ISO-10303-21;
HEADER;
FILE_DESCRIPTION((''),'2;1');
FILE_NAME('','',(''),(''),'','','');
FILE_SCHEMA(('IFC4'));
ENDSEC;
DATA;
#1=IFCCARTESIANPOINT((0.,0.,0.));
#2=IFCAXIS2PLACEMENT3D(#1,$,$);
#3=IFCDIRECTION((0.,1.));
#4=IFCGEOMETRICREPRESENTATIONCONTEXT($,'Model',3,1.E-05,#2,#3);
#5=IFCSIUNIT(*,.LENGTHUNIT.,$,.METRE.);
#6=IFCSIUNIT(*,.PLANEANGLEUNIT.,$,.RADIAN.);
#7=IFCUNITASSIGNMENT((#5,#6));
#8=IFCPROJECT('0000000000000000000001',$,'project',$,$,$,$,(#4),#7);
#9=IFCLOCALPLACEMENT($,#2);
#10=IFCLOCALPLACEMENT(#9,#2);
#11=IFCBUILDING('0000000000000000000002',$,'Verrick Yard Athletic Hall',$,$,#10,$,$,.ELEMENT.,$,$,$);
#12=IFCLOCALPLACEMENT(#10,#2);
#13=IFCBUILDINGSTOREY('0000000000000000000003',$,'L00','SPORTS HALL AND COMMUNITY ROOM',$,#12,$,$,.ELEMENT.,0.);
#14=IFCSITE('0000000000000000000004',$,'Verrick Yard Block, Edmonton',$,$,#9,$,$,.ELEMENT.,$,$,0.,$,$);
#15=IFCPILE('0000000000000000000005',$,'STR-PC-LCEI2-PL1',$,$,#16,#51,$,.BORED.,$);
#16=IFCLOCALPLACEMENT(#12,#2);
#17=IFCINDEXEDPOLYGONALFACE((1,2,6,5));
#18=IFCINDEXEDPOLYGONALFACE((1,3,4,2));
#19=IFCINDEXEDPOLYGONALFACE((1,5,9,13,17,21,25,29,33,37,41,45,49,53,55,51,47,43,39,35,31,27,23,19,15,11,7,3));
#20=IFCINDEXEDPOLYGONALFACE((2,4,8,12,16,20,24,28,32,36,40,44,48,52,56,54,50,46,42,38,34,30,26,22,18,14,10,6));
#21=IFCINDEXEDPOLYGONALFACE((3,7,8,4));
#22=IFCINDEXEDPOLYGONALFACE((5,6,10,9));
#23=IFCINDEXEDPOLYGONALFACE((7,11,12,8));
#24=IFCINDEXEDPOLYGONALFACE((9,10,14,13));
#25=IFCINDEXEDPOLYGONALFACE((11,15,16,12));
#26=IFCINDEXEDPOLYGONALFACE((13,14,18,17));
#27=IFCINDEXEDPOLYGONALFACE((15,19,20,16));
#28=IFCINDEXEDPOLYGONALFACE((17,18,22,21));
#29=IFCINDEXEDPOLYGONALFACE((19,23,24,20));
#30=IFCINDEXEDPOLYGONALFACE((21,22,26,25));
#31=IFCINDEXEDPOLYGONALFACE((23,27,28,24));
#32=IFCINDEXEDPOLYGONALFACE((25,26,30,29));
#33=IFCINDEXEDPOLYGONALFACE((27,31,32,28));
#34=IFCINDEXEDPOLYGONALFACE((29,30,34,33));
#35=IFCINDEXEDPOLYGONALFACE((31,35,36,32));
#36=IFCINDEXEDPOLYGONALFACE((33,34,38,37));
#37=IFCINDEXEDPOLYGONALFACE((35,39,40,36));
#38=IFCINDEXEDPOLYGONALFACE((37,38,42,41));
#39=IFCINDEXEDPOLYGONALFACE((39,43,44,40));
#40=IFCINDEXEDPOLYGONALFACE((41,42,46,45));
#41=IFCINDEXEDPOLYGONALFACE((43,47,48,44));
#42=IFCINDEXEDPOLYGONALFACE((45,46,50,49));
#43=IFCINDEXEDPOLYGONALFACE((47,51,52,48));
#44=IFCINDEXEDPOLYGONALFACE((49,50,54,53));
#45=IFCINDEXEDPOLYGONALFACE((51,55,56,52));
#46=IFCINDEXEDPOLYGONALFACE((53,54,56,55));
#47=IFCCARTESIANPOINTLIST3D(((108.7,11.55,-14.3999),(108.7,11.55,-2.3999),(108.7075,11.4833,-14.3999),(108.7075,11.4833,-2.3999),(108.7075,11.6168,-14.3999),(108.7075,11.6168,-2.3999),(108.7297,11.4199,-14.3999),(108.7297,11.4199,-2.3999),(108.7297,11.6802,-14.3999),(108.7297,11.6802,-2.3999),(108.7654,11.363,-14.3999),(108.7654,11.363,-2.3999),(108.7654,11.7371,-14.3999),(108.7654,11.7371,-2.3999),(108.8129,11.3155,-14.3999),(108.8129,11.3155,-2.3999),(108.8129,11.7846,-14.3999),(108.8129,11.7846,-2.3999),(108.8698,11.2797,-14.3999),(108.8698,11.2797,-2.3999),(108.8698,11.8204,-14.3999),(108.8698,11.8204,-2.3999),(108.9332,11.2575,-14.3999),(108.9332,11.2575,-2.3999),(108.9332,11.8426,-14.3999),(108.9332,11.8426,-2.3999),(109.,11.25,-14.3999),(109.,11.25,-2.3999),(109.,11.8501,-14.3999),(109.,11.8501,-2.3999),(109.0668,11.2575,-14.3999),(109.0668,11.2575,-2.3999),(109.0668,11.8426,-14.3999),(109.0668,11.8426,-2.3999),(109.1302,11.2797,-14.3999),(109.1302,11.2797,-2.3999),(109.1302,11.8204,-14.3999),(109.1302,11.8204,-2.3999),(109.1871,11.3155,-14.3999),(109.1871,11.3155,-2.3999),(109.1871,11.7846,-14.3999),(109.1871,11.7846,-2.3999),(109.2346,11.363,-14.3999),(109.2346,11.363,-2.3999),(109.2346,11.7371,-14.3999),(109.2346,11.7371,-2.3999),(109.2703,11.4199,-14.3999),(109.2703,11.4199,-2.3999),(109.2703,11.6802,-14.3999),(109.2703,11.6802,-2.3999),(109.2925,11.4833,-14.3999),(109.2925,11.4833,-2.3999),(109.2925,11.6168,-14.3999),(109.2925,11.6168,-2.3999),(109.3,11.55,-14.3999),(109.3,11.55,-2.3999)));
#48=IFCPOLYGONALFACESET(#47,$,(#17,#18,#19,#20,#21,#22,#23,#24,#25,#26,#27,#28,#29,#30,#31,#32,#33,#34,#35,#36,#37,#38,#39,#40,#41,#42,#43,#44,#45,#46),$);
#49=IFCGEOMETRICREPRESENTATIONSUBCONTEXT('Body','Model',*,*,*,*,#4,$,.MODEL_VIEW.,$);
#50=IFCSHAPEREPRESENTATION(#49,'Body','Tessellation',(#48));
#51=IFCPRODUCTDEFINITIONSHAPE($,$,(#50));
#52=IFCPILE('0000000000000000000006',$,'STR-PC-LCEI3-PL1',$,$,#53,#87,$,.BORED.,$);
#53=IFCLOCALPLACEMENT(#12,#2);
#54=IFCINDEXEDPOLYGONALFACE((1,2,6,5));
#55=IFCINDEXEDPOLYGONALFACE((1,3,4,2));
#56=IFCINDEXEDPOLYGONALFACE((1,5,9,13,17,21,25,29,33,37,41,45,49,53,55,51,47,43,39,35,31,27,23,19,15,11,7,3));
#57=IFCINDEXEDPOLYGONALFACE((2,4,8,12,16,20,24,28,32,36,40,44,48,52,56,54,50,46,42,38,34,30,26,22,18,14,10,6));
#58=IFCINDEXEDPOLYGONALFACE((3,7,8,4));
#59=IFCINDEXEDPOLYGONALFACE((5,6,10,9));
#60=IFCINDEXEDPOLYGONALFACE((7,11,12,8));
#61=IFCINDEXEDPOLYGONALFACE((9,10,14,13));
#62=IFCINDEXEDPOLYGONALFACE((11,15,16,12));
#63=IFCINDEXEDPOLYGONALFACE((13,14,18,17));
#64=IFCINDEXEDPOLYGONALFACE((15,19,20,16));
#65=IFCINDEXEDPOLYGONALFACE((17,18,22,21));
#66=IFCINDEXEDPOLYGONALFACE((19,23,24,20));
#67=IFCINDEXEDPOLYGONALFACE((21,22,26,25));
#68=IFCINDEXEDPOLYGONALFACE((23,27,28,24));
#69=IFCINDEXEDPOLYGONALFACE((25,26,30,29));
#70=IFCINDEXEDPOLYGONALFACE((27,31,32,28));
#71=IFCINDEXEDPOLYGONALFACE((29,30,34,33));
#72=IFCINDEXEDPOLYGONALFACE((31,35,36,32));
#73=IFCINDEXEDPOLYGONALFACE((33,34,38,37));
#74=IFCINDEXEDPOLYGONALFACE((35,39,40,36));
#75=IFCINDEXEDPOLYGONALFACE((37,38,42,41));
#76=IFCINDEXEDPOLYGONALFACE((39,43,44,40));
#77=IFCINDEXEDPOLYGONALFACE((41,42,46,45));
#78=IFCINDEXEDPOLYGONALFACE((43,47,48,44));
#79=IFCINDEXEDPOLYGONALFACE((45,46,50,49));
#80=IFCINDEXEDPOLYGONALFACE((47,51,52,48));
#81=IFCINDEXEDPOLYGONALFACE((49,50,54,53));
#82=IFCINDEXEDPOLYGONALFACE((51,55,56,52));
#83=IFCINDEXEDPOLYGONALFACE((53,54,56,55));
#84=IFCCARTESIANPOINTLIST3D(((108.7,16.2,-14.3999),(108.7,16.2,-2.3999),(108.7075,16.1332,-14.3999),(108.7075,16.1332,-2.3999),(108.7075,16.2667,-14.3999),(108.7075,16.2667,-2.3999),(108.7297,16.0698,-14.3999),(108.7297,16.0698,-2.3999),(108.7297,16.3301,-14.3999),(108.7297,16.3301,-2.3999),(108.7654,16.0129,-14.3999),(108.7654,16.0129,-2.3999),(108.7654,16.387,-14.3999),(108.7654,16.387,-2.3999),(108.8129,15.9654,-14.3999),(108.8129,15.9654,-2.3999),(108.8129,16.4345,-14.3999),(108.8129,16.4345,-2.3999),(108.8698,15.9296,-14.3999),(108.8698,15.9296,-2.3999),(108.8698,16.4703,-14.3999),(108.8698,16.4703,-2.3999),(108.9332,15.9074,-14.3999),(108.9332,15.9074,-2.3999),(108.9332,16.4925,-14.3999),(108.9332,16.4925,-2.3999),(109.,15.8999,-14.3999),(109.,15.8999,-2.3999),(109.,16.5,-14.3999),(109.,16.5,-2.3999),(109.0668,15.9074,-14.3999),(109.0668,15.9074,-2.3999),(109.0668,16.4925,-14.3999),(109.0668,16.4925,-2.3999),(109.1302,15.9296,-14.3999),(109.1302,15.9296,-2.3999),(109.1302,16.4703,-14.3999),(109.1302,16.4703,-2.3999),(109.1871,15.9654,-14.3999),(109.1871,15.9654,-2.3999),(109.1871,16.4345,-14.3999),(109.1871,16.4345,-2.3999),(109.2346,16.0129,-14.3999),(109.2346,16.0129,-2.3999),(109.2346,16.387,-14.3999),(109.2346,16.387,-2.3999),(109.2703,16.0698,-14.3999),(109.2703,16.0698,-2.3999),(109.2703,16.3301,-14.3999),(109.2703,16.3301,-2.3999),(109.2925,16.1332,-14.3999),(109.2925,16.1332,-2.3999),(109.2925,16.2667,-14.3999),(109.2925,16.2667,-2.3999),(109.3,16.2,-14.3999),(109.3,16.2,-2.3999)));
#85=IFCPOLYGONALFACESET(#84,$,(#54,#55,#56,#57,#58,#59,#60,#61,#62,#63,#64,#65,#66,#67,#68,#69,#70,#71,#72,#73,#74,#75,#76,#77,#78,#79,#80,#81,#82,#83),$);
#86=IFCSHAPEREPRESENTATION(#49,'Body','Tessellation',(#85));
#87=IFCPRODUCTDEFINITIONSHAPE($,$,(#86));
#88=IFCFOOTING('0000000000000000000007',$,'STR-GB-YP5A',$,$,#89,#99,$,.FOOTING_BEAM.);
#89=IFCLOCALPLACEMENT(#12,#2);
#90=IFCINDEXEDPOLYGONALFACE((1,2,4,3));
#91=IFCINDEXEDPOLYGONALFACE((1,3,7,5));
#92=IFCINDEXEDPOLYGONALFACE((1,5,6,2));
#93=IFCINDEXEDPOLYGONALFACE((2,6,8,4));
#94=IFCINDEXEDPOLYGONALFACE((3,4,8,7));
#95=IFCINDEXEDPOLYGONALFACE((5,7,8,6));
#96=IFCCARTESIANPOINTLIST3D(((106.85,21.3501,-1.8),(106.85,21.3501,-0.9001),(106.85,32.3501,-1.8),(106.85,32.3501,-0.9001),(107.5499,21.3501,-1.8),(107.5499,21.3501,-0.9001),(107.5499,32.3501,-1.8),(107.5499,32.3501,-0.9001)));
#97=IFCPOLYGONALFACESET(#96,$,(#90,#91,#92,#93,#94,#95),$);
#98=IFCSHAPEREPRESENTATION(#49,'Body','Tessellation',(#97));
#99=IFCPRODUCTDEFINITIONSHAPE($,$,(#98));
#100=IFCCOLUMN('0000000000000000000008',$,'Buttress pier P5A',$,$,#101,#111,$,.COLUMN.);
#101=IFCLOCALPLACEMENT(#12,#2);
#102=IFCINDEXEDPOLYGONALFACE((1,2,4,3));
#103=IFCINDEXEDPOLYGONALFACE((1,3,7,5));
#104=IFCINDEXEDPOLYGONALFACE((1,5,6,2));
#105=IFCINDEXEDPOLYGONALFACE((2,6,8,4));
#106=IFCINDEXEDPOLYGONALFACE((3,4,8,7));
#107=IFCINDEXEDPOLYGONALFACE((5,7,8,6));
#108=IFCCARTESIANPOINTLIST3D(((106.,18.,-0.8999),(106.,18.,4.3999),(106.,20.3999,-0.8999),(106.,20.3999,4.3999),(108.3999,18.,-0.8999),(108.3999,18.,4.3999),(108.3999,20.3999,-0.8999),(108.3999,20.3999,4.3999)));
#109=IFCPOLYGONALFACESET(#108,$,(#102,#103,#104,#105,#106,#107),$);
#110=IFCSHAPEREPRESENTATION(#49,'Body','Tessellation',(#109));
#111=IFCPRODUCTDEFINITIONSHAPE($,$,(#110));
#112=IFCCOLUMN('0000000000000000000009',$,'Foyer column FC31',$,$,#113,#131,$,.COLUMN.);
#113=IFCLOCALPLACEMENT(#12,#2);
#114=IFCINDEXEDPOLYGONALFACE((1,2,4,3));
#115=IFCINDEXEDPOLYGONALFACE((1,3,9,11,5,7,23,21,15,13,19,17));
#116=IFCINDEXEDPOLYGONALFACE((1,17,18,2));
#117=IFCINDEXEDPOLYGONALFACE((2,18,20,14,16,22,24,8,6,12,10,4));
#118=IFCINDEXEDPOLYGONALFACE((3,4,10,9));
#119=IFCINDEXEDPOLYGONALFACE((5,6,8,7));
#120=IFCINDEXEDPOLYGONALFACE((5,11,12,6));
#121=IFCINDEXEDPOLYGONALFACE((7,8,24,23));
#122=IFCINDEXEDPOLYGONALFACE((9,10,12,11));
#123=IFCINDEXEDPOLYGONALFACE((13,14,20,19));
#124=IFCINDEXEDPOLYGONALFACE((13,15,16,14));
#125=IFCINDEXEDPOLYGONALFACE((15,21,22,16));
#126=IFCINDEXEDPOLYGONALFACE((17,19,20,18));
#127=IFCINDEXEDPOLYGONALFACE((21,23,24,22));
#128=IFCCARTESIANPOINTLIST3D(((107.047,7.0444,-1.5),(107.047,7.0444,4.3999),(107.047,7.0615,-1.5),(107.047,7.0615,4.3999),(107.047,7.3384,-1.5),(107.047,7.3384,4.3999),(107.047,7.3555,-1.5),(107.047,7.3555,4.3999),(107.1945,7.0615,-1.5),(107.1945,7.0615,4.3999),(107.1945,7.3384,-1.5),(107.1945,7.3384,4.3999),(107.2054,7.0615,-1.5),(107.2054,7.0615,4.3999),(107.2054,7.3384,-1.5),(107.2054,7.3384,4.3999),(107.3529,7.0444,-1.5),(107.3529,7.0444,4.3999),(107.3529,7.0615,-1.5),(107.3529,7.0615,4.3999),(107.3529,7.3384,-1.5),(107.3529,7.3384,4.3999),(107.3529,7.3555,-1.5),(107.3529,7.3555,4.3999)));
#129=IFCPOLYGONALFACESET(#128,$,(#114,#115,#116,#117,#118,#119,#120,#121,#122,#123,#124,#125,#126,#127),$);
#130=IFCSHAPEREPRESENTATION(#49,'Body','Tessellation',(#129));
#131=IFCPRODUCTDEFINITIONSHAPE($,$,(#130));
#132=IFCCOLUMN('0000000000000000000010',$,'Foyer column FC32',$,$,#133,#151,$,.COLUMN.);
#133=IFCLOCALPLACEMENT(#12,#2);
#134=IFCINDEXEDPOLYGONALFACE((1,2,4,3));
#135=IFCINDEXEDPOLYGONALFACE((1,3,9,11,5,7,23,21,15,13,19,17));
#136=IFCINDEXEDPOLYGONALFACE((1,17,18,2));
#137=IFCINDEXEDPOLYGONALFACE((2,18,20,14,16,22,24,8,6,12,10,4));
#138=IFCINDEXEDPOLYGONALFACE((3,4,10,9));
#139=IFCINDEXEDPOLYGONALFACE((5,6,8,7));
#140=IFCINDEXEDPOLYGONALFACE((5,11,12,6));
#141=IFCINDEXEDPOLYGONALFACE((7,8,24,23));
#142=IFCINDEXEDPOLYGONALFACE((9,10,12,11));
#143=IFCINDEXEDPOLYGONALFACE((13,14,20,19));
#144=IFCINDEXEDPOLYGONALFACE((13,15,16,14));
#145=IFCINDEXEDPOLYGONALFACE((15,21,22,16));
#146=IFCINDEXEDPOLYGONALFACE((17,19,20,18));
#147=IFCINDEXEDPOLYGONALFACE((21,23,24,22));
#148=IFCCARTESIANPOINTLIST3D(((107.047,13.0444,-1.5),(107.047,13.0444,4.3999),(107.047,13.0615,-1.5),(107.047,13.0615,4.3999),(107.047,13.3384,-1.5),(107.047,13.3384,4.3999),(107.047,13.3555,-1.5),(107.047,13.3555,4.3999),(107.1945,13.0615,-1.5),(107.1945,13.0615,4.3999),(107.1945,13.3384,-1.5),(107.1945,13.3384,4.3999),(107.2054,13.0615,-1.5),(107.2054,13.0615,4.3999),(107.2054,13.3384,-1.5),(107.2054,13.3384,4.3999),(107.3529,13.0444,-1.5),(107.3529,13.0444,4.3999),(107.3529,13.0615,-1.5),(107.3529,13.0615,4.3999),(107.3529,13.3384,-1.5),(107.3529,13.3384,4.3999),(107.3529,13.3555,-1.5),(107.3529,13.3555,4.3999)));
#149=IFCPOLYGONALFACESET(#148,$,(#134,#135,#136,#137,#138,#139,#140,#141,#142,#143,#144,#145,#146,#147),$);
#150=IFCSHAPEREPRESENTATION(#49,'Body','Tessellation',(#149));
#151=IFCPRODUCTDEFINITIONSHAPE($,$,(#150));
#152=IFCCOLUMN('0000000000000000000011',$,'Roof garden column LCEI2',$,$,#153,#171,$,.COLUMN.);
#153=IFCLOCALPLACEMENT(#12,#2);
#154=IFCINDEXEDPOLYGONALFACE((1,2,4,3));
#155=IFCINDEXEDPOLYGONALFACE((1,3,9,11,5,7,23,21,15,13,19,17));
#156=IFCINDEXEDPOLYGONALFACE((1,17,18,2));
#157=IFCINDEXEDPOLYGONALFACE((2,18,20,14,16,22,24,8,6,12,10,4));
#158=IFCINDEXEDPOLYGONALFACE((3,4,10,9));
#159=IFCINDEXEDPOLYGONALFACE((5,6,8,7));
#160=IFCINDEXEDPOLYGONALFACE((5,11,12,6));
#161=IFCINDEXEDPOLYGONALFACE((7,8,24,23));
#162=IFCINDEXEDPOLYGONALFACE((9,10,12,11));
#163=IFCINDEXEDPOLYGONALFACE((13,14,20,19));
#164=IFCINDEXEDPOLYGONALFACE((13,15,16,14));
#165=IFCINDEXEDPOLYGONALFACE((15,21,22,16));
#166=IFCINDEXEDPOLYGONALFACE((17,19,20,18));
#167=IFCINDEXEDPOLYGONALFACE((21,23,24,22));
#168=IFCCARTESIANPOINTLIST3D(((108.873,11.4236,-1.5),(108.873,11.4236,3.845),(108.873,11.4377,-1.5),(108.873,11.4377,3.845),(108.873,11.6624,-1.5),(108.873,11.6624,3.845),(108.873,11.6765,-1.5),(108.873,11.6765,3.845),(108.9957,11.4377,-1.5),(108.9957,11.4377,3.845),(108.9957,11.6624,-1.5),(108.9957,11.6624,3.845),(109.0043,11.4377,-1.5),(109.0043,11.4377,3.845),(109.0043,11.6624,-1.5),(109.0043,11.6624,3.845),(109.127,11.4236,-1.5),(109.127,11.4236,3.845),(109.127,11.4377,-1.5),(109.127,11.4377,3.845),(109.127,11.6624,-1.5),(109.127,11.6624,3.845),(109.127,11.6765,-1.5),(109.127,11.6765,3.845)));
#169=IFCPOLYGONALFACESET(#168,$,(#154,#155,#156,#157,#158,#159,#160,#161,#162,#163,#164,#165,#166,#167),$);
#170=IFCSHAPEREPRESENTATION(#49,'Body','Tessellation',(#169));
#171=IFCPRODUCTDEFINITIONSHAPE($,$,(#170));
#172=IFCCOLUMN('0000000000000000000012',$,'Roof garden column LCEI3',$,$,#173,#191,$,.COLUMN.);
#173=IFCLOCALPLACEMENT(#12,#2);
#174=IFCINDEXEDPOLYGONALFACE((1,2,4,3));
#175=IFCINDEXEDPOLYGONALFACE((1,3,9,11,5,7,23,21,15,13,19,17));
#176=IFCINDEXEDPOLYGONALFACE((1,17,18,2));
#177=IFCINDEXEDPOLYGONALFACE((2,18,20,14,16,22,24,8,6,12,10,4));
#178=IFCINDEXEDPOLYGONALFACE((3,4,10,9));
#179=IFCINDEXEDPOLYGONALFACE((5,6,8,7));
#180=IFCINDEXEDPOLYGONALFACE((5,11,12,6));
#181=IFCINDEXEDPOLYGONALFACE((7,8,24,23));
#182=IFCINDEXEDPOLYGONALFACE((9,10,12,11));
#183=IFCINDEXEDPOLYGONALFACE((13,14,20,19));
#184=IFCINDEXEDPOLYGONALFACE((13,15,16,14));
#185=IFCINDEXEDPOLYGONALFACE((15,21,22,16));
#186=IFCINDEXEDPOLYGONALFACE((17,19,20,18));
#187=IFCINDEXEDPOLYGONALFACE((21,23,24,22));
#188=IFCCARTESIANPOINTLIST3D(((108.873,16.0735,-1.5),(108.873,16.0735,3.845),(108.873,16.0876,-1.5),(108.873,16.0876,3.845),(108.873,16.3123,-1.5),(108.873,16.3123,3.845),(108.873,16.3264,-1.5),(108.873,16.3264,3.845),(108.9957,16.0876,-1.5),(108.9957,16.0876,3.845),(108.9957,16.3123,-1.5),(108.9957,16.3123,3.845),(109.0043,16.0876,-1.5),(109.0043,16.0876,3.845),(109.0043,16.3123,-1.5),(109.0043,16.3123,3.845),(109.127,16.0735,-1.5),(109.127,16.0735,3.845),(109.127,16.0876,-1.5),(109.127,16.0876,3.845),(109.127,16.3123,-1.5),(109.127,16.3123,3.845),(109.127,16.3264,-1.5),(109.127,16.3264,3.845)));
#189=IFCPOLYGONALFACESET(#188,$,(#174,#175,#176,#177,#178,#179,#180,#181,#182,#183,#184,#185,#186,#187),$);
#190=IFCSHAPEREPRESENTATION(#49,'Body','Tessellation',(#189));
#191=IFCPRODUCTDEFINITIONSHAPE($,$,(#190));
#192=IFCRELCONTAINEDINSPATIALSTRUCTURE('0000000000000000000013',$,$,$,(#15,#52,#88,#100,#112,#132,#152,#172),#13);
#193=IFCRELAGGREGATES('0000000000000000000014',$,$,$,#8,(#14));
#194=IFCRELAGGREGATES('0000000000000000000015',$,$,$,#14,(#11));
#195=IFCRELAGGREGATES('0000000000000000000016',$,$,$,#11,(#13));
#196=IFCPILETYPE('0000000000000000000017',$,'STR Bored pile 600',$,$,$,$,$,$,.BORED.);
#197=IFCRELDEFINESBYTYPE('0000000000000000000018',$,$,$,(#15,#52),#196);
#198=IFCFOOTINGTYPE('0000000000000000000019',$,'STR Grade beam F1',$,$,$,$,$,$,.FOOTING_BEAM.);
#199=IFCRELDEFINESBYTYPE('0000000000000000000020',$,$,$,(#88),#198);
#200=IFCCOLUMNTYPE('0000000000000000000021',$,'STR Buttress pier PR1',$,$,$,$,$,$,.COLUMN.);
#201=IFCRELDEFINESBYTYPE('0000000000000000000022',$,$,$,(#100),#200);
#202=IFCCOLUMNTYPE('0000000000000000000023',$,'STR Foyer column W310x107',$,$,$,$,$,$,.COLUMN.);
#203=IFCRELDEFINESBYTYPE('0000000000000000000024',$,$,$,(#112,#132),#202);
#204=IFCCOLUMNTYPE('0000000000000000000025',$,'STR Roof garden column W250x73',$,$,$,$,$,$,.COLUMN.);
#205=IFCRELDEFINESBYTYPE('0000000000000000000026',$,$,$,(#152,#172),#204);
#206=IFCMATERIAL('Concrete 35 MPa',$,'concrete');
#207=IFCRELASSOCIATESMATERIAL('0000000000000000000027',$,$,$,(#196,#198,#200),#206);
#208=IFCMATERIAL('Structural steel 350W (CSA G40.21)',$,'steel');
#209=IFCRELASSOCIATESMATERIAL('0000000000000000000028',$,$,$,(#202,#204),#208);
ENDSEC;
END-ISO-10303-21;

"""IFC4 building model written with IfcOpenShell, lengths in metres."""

from ifc_helpers import new_model, si_unit, direction, frame, origin, origin_2d, place, context, subcontext, project, spatial, rectangle, circle, i_section, extrude, material, material_profile, profile_set, type_object, element, save


model = new_model("IFC4")

# Units and contexts
model_context = context("Model", 3, precision=1e-05, world=origin(), true_north=direction((0.0, 1.0)))
body_context = subcontext(model_context, "Body", "Model", "MODEL_VIEW")
ifc_project = project(units=[si_unit("LENGTHUNIT", "METRE"), si_unit("PLANEANGLEUNIT", "RADIAN")], contexts=[model_context])

# Site, building, storey
site_placement = place(None, origin())
site = spatial("IfcSite", under=ifc_project, at=site_placement, Name="Verrick Yard Block, Edmonton", CompositionType="ELEMENT", RefElevation=0.0)
building_placement = place(site_placement, origin())
building = spatial("IfcBuilding", under=site, at=building_placement, Name="Verrick Yard Athletic Hall", CompositionType="ELEMENT")
storey_placement = place(building_placement, origin())
storey = spatial("IfcBuildingStorey", under=building, at=storey_placement, Name="L00", Description="SPORTS HALL AND COMMUNITY ROOM", CompositionType="ELEMENT", Elevation=0.0)

# Piles
ifc_material_1 = material(Name="Concrete 35 MPa", Category="concrete")
pile_type_1 = type_object("IfcPileType", Name="STR Bored pile 600", PredefinedType="BORED", material=ifc_material_1)
for number, where, z_axis, x_axis, name in (
    (1, (109.0, 11.55, -2.3999), (0.0, 0.0, -1.0), (1.0, 0.0, 0.0), "STR-PC-LCEI2-PL1"),
    (2, (109.0, 16.2, -2.3999), (0.0, 0.0, -1.0), (1.0, 0.0, 0.0), "STR-PC-LCEI3-PL1"),
):
    element("IfcPile", number, at=place(storey_placement, frame(where, z_axis=z_axis, x_axis=x_axis)), inside=storey, type_object=pile_type_1, Name=name, PredefinedType="BORED", context=body_context, shape_type="SweptSolid", body=[
        extrude(circle(Radius=0.3, at=origin_2d()), origin(), (0.0, 0.0, 1.0), 12.0),
    ])

# Footing
ifc_material_profile_1 = material_profile(ifc_material_1, rectangle(XDim=0.7, YDim=0.8999, at=origin_2d()), Name="STR Grade beam F1")
ifc_profile_set_1 = profile_set([ifc_material_profile_1], Name="Concrete 35 MPa")
footing_type = type_object("IfcFootingType", Name="STR Grade beam F1", PredefinedType="FOOTING_BEAM", material=ifc_profile_set_1)
footing_placement = place(storey_placement, frame((107.2, 21.3501, -1.3501), z_axis=(0.0, 1.0, 0.0), x_axis=(-1.0, 0.0, 0.0)))
element("IfcFooting", 3, at=footing_placement, inside=storey, type_object=footing_type, Name="STR-GB-YP5A", PredefinedType="FOOTING_BEAM", context=body_context, shape_type="SweptSolid", body=[
    extrude(rectangle(XDim=0.7, YDim=0.8999, at=origin_2d()), origin(), (0.0, 0.0, 1.0), 11.0),
])

# Columns
ifc_material_profile_2 = material_profile(ifc_material_1, rectangle(XDim=2.3999, YDim=2.3999, at=origin_2d()), Name="STR Buttress pier PR1")
ifc_profile_set_2 = profile_set([ifc_material_profile_2], Name="Concrete 35 MPa")
column_type_1 = type_object("IfcColumnType", Name="STR Buttress pier PR1", PredefinedType="COLUMN", material=ifc_profile_set_2)
column_placement = place(storey_placement, frame((107.2, 19.2, -0.8999), z_axis=(0.0, 0.0, 1.0), x_axis=(1.0, 0.0, 0.0)))
element("IfcColumn", 4, at=column_placement, inside=storey, type_object=column_type_1, Name="Buttress pier P5A", PredefinedType="COLUMN", context=body_context, shape_type="SweptSolid", body=[
    extrude(rectangle(XDim=2.3999, YDim=2.3999, at=origin_2d()), origin(), (0.0, 0.0, 1.0), 5.2998),
])
ifc_material_2 = material(Name="Structural steel 350W (CSA G40.21)", Category="steel")
ifc_material_profile_3 = material_profile(ifc_material_2, i_section(OverallWidth=0.3059, OverallDepth=0.311, WebThickness=0.011, FlangeThickness=0.0171, at=origin_2d()), Name="W310x107")
ifc_profile_set_3 = profile_set([ifc_material_profile_3], Name="Structural steel 350W (CSA G40.21)")
column_type_2 = type_object("IfcColumnType", Name="STR Foyer column W310x107", PredefinedType="COLUMN", material=ifc_profile_set_3)
for number, where, z_axis, x_axis, name in (
    (5, (107.2, 7.2, -1.5), (0.0, 0.0, 1.0), (1.0, 0.0, 0.0), "Foyer column FC31"),
    (6, (107.2, 13.2, -1.5), (0.0, 0.0, 1.0), (1.0, 0.0, 0.0), "Foyer column FC32"),
):
    element("IfcColumn", number, at=place(storey_placement, frame(where, z_axis=z_axis, x_axis=x_axis)), inside=storey, type_object=column_type_2, Name=name, PredefinedType="COLUMN", context=body_context, shape_type="SweptSolid", body=[
        extrude(i_section(OverallWidth=0.3059, OverallDepth=0.311, WebThickness=0.011, FlangeThickness=0.0171, at=origin_2d()), origin(), (0.0, 0.0, 1.0), 5.8999),
    ])
ifc_material_profile_4 = material_profile(ifc_material_2, i_section(OverallWidth=0.2539, OverallDepth=0.2529, WebThickness=0.0085, FlangeThickness=0.0142, at=origin_2d()), Name="W250x73")
ifc_profile_set_4 = profile_set([ifc_material_profile_4], Name="Structural steel 350W (CSA G40.21)")
column_type_3 = type_object("IfcColumnType", Name="STR Roof garden column W250x73", PredefinedType="COLUMN", material=ifc_profile_set_4)
for number, where, z_axis, x_axis, name in (
    (7, (109.0, 11.55, -1.5), (0.0, 0.0, 1.0), (1.0, 0.0, 0.0), "Roof garden column LCEI2"),
    (8, (109.0, 16.2, -1.5), (0.0, 0.0, 1.0), (1.0, 0.0, 0.0), "Roof garden column LCEI3"),
):
    element("IfcColumn", number, at=place(storey_placement, frame(where, z_axis=z_axis, x_axis=x_axis)), inside=storey, type_object=column_type_3, Name=name, PredefinedType="COLUMN", context=body_context, shape_type="SweptSolid", body=[
        extrude(i_section(OverallWidth=0.2539, OverallDepth=0.2529, WebThickness=0.0085, FlangeThickness=0.0142, at=origin_2d()), origin(), (0.0, 0.0, 1.0), 5.345),
    ])

save(model, "model.ifc")
